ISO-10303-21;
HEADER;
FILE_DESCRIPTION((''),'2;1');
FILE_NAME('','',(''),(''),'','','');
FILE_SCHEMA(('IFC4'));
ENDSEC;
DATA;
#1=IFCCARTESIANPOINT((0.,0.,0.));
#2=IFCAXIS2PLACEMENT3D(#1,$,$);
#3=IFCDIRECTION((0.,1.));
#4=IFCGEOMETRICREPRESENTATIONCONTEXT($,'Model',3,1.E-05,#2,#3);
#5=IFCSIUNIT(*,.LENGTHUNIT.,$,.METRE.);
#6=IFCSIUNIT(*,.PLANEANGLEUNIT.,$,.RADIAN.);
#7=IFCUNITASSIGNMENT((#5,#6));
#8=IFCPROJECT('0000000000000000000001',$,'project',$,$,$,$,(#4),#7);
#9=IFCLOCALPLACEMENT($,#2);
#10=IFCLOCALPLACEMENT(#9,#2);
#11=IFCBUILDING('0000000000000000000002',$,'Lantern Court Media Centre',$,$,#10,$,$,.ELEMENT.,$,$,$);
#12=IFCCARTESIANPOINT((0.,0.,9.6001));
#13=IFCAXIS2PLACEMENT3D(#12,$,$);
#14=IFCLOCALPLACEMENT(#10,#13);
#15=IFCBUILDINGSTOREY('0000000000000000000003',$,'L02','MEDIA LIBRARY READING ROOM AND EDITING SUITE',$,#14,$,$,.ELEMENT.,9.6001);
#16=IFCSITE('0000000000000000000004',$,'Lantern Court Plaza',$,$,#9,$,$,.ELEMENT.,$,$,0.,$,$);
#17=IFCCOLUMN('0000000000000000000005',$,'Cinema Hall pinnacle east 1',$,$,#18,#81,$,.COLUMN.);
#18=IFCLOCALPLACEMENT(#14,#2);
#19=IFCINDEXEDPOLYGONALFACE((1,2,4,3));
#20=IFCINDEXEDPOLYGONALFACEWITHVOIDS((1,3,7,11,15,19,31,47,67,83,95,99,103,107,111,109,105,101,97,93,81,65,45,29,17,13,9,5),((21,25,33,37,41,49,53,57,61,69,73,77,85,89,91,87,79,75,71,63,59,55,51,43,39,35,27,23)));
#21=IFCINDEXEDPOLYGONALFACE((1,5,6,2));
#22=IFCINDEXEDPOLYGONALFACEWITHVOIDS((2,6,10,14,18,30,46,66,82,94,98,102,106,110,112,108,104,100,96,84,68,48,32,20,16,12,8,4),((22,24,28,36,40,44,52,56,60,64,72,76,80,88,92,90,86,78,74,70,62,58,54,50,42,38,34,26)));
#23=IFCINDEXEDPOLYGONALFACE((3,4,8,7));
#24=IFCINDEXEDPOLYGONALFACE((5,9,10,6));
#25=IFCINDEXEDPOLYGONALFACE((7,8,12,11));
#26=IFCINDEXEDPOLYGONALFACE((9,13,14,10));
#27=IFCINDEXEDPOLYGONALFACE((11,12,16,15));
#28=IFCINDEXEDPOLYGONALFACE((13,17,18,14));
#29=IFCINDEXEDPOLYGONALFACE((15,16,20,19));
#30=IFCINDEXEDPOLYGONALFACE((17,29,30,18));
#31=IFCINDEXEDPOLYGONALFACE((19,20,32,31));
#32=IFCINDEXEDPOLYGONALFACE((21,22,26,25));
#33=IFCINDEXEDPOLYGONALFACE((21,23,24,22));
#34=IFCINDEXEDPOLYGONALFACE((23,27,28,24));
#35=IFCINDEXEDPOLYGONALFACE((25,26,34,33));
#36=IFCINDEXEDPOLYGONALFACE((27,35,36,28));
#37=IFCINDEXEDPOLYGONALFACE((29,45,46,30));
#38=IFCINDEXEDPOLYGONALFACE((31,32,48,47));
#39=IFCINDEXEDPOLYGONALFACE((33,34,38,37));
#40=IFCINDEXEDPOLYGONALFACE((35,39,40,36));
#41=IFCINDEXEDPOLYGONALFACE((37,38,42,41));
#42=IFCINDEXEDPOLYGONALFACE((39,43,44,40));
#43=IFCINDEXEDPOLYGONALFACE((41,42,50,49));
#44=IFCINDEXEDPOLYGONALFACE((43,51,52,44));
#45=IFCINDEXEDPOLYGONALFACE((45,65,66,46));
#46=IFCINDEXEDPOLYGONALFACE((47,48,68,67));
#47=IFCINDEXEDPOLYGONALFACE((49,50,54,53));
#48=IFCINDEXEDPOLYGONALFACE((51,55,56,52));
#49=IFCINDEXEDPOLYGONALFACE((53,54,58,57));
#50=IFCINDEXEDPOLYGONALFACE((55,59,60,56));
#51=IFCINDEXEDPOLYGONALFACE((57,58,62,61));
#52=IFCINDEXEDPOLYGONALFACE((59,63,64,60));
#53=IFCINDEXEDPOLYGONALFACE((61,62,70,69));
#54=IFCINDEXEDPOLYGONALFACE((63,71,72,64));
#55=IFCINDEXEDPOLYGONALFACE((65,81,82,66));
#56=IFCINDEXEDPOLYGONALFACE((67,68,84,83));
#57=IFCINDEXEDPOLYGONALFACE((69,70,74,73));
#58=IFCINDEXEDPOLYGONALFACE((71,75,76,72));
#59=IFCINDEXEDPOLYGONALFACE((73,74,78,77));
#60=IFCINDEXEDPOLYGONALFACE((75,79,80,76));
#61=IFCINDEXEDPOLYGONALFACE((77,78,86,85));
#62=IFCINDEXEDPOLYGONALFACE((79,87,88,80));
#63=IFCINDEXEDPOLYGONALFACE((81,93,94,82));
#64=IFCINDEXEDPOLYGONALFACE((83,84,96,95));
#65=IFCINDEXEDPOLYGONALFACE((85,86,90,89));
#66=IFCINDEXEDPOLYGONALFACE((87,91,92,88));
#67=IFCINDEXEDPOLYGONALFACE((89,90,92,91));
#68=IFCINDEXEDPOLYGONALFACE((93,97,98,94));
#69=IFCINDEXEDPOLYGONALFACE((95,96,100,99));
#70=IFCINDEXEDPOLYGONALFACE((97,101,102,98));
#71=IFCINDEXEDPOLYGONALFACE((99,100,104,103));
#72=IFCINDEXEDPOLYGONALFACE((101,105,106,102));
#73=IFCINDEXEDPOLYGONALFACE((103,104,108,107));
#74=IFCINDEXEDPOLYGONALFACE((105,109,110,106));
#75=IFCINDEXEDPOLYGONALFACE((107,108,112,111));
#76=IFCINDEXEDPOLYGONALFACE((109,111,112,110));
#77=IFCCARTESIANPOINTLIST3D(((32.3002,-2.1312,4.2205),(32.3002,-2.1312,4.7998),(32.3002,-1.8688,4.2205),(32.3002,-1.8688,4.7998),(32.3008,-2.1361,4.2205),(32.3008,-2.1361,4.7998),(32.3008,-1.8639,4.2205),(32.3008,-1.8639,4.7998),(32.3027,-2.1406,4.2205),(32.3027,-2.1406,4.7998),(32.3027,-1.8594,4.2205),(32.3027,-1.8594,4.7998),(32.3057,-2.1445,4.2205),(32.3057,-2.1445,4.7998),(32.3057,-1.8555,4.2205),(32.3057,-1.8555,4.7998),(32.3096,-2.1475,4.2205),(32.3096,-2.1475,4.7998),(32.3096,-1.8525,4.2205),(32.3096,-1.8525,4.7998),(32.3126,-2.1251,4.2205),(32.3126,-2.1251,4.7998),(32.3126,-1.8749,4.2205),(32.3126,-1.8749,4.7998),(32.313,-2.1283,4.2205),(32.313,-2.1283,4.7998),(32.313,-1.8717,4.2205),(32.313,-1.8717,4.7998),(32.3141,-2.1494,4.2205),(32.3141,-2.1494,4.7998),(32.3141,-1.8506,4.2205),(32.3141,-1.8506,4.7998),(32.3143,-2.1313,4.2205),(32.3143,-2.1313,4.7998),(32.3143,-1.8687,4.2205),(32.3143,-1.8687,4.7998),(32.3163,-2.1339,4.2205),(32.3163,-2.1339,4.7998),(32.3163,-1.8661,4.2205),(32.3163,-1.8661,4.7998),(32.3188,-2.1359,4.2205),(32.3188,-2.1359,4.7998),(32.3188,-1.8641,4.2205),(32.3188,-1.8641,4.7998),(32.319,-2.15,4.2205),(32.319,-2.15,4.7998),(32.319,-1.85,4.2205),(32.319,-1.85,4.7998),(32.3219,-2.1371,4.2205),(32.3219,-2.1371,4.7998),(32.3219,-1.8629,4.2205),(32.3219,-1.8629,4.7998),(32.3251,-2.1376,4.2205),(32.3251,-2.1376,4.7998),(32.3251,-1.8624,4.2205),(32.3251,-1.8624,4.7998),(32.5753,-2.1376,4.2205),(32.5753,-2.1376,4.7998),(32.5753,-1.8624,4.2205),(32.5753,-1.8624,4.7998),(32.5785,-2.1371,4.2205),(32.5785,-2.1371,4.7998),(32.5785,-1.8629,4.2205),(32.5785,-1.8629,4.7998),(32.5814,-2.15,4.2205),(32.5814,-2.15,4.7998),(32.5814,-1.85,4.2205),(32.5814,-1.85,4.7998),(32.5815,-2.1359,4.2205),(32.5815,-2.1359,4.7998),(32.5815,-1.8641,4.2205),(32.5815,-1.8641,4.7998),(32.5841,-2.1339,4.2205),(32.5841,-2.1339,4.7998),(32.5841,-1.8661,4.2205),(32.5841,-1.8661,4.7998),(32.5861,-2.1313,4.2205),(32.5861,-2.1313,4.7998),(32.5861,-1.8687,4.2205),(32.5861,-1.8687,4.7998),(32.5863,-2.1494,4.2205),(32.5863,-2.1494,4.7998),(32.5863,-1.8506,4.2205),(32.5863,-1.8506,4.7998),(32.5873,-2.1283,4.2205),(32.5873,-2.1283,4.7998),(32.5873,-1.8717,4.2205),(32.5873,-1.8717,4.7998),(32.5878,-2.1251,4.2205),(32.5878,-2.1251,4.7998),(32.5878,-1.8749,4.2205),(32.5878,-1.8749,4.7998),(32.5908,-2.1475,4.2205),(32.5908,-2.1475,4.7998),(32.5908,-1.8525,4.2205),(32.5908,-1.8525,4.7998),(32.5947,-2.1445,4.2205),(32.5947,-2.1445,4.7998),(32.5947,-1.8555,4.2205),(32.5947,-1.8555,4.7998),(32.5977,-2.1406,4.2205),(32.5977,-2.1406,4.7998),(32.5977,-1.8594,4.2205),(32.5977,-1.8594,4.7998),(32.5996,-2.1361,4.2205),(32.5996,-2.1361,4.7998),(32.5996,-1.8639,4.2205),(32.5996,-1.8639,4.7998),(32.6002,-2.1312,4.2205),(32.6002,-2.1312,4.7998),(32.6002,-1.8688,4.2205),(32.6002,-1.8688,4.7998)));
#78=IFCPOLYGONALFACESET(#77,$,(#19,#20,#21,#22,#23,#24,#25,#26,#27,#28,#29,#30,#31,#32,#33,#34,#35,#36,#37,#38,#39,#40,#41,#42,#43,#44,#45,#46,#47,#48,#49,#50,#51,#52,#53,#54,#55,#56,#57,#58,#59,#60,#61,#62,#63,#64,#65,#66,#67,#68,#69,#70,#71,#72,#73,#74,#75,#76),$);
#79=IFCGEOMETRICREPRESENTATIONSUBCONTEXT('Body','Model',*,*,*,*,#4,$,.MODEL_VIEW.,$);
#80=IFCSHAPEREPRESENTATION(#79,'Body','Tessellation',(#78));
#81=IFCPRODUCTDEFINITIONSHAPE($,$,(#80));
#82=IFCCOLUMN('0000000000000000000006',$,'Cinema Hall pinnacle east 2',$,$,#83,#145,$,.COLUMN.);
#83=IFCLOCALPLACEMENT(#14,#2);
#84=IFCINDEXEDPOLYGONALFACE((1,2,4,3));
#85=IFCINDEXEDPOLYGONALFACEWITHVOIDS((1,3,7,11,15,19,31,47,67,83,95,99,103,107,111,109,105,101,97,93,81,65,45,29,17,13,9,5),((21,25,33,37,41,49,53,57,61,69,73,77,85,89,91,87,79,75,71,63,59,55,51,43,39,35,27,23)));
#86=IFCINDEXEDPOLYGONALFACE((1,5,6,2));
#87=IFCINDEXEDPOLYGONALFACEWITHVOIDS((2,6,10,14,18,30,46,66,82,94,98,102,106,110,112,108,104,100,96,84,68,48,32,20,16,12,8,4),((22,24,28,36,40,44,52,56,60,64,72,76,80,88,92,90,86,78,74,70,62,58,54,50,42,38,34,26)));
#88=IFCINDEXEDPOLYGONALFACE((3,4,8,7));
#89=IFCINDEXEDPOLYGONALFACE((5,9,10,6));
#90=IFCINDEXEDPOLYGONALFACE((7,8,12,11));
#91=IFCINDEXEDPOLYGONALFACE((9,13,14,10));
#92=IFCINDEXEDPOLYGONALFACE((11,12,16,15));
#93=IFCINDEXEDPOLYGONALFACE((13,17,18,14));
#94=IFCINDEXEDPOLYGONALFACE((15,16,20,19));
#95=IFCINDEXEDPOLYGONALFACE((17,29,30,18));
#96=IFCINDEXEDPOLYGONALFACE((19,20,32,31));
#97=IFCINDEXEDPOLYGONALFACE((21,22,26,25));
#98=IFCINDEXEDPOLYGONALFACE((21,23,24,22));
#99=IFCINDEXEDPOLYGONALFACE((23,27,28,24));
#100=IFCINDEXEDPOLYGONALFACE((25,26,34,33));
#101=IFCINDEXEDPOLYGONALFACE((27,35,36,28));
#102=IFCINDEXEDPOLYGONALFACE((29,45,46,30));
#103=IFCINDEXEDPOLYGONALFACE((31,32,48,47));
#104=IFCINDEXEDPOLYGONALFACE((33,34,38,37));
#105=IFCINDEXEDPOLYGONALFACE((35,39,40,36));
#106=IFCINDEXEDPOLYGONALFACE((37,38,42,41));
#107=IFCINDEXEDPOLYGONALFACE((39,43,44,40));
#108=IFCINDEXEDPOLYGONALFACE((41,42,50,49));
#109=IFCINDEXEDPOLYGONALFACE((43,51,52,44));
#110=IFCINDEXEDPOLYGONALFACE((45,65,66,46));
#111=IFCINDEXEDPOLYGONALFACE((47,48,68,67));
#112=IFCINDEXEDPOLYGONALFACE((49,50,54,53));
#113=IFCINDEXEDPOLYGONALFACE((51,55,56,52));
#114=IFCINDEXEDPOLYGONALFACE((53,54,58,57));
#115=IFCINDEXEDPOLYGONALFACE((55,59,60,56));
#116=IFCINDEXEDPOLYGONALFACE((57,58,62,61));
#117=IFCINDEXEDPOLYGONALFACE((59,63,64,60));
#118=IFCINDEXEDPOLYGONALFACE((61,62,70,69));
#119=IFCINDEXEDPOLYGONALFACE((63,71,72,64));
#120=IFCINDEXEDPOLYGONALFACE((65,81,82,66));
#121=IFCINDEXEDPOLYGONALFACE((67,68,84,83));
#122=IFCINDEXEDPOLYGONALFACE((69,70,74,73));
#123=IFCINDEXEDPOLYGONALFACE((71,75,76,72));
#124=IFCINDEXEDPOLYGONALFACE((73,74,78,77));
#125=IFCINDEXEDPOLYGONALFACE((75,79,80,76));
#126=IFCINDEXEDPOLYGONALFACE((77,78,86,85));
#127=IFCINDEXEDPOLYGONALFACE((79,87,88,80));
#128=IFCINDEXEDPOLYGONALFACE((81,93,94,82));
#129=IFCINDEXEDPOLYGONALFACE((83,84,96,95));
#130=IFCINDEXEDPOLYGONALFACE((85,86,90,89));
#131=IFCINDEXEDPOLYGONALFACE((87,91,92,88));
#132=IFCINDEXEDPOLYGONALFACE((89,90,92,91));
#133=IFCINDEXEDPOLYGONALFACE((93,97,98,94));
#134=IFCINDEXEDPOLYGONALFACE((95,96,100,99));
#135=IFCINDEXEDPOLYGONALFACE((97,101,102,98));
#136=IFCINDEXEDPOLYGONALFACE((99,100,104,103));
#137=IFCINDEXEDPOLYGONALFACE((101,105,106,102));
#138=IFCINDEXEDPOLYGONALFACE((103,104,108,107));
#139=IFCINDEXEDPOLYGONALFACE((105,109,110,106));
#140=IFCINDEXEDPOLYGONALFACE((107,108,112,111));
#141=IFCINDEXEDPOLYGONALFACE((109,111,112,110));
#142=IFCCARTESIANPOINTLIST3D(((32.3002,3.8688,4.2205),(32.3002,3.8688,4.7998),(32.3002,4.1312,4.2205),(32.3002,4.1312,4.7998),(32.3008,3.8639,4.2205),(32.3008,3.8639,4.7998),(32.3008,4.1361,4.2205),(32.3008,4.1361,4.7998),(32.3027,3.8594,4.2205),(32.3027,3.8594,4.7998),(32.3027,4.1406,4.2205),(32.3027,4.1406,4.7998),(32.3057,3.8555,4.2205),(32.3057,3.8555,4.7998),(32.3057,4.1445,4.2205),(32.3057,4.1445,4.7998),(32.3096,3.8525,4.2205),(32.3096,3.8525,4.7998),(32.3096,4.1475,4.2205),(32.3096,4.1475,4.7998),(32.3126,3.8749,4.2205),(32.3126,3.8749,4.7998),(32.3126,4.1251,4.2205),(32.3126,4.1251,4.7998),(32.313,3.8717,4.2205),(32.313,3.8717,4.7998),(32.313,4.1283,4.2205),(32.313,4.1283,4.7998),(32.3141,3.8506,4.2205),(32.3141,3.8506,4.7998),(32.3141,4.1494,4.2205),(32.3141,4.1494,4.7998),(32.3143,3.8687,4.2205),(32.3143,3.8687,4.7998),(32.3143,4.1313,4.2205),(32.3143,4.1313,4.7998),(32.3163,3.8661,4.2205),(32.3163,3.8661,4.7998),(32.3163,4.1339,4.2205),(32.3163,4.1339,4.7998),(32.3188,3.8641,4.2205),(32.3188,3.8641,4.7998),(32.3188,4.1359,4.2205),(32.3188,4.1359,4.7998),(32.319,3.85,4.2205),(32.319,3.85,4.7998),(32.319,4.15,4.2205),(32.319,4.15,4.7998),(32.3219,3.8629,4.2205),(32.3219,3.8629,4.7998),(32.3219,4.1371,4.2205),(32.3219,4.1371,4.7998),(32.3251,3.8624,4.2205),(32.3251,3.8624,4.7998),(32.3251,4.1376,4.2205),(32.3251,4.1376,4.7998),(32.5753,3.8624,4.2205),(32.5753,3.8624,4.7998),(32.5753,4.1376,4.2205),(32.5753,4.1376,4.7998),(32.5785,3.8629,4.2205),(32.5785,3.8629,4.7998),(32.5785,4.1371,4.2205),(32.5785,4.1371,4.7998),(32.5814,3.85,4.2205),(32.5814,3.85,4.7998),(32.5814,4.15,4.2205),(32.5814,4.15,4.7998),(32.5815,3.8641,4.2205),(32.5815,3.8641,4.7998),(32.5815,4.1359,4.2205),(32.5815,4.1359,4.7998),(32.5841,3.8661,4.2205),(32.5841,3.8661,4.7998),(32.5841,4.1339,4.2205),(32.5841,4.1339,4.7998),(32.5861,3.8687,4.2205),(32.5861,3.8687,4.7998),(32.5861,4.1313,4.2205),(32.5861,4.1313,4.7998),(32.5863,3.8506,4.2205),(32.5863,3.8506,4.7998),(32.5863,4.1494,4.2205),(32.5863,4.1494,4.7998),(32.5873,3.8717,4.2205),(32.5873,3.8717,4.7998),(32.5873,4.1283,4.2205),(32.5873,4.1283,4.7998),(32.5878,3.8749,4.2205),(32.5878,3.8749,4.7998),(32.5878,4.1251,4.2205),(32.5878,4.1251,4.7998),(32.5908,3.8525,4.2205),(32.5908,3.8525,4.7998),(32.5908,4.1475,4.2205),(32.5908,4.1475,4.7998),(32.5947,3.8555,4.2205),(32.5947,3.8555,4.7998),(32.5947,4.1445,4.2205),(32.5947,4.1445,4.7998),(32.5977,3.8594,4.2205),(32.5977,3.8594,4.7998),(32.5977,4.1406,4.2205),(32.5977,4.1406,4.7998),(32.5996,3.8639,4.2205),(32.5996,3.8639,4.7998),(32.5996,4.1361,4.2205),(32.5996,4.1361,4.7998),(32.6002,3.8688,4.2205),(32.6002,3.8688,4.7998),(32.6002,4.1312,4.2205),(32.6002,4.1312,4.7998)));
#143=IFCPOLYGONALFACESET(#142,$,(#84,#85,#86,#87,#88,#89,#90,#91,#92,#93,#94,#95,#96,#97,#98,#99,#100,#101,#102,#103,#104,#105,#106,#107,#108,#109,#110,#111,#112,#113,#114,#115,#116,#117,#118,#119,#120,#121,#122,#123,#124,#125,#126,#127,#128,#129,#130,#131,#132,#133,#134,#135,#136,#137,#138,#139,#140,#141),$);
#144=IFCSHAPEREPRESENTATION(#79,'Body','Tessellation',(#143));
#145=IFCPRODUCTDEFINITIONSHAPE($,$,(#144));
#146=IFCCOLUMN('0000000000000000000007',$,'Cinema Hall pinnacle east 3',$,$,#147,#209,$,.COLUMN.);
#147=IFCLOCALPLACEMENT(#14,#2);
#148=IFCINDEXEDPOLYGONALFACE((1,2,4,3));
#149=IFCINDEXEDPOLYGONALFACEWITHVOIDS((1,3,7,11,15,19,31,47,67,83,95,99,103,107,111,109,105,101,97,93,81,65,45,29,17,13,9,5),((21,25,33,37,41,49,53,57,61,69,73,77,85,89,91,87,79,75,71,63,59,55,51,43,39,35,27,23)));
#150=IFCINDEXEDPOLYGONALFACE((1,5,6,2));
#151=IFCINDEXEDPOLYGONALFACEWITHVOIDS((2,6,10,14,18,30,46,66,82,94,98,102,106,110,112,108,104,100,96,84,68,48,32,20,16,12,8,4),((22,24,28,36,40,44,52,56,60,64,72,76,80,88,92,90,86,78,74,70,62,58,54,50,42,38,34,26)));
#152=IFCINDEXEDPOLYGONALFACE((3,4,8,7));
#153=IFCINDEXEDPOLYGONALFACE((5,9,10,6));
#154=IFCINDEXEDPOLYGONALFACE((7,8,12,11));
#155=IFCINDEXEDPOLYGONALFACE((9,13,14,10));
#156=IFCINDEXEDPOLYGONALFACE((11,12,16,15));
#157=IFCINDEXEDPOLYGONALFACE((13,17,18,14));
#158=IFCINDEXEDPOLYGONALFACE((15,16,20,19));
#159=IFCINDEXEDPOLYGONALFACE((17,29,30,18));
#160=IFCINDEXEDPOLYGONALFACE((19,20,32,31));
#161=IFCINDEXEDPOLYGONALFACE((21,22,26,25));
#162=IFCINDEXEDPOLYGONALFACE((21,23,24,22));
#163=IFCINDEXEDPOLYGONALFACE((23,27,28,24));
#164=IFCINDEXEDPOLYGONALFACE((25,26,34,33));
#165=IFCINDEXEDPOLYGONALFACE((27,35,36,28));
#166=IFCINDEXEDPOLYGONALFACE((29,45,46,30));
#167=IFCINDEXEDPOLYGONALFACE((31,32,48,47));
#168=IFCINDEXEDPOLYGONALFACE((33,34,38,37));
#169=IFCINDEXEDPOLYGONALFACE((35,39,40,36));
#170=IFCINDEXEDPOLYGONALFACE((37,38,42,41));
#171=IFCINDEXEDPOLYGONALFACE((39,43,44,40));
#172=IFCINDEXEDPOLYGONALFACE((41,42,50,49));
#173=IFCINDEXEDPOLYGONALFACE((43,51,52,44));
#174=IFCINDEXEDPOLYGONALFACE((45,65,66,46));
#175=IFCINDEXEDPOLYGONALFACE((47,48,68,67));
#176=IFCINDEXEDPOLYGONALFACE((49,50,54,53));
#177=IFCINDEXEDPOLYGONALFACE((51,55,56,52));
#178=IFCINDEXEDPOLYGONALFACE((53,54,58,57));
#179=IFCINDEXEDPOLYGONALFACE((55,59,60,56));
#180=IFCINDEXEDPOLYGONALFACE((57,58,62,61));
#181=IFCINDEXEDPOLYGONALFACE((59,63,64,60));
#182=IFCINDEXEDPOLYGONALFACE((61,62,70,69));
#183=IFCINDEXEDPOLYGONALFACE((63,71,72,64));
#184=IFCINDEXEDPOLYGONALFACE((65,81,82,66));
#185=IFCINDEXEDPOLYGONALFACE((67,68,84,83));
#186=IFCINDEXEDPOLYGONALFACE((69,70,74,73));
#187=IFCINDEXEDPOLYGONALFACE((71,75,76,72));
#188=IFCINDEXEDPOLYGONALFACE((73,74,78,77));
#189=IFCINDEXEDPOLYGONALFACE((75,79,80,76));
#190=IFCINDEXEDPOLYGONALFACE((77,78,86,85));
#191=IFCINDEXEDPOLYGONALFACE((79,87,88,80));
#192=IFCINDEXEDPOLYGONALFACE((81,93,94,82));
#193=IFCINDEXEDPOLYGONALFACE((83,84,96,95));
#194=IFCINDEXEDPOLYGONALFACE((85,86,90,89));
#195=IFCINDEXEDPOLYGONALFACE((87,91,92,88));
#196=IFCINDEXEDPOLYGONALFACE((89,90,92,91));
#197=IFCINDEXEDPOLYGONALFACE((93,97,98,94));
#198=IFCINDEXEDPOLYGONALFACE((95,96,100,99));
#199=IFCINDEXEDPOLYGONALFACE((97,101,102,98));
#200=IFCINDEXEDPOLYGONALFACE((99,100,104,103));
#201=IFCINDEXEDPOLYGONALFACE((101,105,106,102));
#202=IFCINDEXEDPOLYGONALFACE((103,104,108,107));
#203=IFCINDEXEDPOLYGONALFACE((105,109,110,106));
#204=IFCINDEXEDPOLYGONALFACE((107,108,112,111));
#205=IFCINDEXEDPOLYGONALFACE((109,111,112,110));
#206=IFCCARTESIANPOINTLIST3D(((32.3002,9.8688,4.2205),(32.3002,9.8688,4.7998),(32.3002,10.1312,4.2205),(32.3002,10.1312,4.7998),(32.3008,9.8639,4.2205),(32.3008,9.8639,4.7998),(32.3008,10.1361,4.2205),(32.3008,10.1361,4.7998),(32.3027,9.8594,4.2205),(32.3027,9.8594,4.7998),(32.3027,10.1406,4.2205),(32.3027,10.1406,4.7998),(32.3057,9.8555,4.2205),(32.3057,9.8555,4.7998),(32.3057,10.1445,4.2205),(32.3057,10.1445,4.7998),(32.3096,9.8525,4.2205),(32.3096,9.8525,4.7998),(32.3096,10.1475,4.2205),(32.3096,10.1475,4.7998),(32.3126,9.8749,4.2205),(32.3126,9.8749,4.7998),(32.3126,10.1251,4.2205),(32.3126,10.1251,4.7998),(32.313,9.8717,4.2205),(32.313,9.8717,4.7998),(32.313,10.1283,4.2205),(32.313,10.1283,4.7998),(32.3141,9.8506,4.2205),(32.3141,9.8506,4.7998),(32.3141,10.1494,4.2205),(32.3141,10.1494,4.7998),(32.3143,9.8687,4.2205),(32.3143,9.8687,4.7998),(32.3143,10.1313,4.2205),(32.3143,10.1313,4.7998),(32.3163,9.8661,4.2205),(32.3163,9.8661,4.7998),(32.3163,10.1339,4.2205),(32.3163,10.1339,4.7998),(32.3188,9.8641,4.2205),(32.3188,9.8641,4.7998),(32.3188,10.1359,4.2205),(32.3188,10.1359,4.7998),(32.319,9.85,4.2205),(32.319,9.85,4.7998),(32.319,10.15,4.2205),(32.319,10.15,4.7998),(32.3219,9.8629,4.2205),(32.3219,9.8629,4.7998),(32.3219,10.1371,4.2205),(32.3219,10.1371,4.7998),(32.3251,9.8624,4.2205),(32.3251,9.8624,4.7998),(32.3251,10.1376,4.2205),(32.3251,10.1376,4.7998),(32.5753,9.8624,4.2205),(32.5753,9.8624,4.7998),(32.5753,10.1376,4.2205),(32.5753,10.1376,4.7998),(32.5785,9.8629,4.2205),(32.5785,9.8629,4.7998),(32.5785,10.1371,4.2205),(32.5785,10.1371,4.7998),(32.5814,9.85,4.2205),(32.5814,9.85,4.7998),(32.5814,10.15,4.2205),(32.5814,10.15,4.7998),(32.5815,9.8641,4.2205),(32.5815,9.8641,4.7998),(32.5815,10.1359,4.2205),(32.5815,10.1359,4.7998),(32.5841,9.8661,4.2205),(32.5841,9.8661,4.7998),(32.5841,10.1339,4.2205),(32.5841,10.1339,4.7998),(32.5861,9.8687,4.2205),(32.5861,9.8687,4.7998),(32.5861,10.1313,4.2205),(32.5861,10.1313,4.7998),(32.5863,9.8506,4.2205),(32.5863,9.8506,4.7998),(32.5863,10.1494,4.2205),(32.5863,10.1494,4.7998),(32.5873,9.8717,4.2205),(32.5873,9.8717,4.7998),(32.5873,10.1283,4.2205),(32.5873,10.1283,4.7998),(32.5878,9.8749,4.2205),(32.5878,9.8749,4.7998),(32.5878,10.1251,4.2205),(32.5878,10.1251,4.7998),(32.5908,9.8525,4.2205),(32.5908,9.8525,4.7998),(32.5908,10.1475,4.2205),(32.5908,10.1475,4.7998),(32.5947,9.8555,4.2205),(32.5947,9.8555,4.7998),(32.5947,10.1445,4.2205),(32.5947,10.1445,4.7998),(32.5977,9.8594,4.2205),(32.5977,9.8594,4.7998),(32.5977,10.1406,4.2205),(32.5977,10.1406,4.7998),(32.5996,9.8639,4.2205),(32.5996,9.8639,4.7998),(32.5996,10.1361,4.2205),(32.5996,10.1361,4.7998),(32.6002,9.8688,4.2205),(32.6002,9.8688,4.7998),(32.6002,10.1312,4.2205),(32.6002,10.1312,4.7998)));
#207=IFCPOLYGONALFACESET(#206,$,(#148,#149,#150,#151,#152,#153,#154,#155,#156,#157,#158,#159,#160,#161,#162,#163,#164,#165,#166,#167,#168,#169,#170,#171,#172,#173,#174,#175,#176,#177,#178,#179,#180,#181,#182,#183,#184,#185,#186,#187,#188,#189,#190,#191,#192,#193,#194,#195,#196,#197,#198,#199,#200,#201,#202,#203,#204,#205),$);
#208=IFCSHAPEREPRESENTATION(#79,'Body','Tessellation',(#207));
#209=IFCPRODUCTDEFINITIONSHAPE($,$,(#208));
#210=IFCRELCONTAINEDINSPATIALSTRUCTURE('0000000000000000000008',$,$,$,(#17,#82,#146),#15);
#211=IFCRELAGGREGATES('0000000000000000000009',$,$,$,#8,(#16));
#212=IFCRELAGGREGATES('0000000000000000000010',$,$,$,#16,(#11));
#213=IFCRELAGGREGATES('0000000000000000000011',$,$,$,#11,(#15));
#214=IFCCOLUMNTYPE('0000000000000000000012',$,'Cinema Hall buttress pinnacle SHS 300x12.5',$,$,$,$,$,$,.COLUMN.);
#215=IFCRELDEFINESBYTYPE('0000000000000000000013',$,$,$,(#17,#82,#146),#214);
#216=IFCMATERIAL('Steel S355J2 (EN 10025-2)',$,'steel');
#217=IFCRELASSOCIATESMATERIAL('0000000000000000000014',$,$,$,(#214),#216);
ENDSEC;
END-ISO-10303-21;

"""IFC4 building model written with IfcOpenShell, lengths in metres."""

from ifc_helpers import new_model, si_unit, direction, frame, origin, origin_2d, place, context, subcontext, project, spatial, hollow_rectangle, extrude, material, material_profile, profile_set, type_object, element, save


model = new_model("IFC4")

# Units and contexts
model_context = context("Model", 3, precision=1e-05, world=origin(), true_north=direction((0.0, 1.0)))
body_context = subcontext(model_context, "Body", "Model", "MODEL_VIEW")
ifc_project = project(units=[si_unit("LENGTHUNIT", "METRE"), si_unit("PLANEANGLEUNIT", "RADIAN")], contexts=[model_context])

# Site, building, storey
site_placement = place(None, origin())
site = spatial("IfcSite", under=ifc_project, at=site_placement, Name="Lantern Court Plaza", CompositionType="ELEMENT", RefElevation=0.0)
building_placement = place(site_placement, origin())
building = spatial("IfcBuilding", under=site, at=building_placement, Name="Lantern Court Media Centre", CompositionType="ELEMENT")
storey_placement = place(building_placement, frame((0.0, 0.0, 9.6001)))
storey = spatial("IfcBuildingStorey", under=building, at=storey_placement, Name="L02", Description="MEDIA LIBRARY READING ROOM AND EDITING SUITE", CompositionType="ELEMENT", Elevation=9.6001)

# Columns
ifc_material = material(Name="Steel S355J2 (EN 10025-2)", Category="steel")
ifc_material_profile_1 = material_profile(ifc_material, hollow_rectangle(XDim=0.3, YDim=0.3, WallThickness=0.0125, InnerFilletRadius=0.0125, OuterFilletRadius=0.0188, at=origin_2d()), Name="Cinema Hall buttress pinnacle SHS 300x12.5")
ifc_profile_set_1 = profile_set([ifc_material_profile_1], Name="Steel S355J2 (EN 10025-2)")
column_type_1 = type_object("IfcColumnType", Name="Cinema Hall buttress pinnacle SHS 300x12.5", PredefinedType="COLUMN", material=ifc_profile_set_1)
for number, where, z_axis, x_axis, name in (
    (1, (32.4502, -2.0, 4.2205), (0.0, 0.0, 1.0), (1.0, 0.0, 0.0), "Cinema Hall pinnacle east 1"),
    (2, (32.4502, 4.0, 4.2205), (0.0, 0.0, 1.0), (1.0, 0.0, 0.0), "Cinema Hall pinnacle east 2"),
    (3, (32.4502, 10.0, 4.2205), (0.0, 0.0, 1.0), (1.0, 0.0, 0.0), "Cinema Hall pinnacle east 3"),
):
    element("IfcColumn", number, at=place(storey_placement, frame(where, z_axis=z_axis, x_axis=x_axis)), inside=storey, type_object=column_type_1, Name=name, PredefinedType="COLUMN", context=body_context, shape_type="SweptSolid", body=[
        extrude(hollow_rectangle(XDim=0.3, YDim=0.3, WallThickness=0.0125, InnerFilletRadius=0.0125, OuterFilletRadius=0.0188, at=origin_2d()), origin(), (0.0, 0.0, 1.0), 0.5793),
    ])

save(model, "model.ifc")
